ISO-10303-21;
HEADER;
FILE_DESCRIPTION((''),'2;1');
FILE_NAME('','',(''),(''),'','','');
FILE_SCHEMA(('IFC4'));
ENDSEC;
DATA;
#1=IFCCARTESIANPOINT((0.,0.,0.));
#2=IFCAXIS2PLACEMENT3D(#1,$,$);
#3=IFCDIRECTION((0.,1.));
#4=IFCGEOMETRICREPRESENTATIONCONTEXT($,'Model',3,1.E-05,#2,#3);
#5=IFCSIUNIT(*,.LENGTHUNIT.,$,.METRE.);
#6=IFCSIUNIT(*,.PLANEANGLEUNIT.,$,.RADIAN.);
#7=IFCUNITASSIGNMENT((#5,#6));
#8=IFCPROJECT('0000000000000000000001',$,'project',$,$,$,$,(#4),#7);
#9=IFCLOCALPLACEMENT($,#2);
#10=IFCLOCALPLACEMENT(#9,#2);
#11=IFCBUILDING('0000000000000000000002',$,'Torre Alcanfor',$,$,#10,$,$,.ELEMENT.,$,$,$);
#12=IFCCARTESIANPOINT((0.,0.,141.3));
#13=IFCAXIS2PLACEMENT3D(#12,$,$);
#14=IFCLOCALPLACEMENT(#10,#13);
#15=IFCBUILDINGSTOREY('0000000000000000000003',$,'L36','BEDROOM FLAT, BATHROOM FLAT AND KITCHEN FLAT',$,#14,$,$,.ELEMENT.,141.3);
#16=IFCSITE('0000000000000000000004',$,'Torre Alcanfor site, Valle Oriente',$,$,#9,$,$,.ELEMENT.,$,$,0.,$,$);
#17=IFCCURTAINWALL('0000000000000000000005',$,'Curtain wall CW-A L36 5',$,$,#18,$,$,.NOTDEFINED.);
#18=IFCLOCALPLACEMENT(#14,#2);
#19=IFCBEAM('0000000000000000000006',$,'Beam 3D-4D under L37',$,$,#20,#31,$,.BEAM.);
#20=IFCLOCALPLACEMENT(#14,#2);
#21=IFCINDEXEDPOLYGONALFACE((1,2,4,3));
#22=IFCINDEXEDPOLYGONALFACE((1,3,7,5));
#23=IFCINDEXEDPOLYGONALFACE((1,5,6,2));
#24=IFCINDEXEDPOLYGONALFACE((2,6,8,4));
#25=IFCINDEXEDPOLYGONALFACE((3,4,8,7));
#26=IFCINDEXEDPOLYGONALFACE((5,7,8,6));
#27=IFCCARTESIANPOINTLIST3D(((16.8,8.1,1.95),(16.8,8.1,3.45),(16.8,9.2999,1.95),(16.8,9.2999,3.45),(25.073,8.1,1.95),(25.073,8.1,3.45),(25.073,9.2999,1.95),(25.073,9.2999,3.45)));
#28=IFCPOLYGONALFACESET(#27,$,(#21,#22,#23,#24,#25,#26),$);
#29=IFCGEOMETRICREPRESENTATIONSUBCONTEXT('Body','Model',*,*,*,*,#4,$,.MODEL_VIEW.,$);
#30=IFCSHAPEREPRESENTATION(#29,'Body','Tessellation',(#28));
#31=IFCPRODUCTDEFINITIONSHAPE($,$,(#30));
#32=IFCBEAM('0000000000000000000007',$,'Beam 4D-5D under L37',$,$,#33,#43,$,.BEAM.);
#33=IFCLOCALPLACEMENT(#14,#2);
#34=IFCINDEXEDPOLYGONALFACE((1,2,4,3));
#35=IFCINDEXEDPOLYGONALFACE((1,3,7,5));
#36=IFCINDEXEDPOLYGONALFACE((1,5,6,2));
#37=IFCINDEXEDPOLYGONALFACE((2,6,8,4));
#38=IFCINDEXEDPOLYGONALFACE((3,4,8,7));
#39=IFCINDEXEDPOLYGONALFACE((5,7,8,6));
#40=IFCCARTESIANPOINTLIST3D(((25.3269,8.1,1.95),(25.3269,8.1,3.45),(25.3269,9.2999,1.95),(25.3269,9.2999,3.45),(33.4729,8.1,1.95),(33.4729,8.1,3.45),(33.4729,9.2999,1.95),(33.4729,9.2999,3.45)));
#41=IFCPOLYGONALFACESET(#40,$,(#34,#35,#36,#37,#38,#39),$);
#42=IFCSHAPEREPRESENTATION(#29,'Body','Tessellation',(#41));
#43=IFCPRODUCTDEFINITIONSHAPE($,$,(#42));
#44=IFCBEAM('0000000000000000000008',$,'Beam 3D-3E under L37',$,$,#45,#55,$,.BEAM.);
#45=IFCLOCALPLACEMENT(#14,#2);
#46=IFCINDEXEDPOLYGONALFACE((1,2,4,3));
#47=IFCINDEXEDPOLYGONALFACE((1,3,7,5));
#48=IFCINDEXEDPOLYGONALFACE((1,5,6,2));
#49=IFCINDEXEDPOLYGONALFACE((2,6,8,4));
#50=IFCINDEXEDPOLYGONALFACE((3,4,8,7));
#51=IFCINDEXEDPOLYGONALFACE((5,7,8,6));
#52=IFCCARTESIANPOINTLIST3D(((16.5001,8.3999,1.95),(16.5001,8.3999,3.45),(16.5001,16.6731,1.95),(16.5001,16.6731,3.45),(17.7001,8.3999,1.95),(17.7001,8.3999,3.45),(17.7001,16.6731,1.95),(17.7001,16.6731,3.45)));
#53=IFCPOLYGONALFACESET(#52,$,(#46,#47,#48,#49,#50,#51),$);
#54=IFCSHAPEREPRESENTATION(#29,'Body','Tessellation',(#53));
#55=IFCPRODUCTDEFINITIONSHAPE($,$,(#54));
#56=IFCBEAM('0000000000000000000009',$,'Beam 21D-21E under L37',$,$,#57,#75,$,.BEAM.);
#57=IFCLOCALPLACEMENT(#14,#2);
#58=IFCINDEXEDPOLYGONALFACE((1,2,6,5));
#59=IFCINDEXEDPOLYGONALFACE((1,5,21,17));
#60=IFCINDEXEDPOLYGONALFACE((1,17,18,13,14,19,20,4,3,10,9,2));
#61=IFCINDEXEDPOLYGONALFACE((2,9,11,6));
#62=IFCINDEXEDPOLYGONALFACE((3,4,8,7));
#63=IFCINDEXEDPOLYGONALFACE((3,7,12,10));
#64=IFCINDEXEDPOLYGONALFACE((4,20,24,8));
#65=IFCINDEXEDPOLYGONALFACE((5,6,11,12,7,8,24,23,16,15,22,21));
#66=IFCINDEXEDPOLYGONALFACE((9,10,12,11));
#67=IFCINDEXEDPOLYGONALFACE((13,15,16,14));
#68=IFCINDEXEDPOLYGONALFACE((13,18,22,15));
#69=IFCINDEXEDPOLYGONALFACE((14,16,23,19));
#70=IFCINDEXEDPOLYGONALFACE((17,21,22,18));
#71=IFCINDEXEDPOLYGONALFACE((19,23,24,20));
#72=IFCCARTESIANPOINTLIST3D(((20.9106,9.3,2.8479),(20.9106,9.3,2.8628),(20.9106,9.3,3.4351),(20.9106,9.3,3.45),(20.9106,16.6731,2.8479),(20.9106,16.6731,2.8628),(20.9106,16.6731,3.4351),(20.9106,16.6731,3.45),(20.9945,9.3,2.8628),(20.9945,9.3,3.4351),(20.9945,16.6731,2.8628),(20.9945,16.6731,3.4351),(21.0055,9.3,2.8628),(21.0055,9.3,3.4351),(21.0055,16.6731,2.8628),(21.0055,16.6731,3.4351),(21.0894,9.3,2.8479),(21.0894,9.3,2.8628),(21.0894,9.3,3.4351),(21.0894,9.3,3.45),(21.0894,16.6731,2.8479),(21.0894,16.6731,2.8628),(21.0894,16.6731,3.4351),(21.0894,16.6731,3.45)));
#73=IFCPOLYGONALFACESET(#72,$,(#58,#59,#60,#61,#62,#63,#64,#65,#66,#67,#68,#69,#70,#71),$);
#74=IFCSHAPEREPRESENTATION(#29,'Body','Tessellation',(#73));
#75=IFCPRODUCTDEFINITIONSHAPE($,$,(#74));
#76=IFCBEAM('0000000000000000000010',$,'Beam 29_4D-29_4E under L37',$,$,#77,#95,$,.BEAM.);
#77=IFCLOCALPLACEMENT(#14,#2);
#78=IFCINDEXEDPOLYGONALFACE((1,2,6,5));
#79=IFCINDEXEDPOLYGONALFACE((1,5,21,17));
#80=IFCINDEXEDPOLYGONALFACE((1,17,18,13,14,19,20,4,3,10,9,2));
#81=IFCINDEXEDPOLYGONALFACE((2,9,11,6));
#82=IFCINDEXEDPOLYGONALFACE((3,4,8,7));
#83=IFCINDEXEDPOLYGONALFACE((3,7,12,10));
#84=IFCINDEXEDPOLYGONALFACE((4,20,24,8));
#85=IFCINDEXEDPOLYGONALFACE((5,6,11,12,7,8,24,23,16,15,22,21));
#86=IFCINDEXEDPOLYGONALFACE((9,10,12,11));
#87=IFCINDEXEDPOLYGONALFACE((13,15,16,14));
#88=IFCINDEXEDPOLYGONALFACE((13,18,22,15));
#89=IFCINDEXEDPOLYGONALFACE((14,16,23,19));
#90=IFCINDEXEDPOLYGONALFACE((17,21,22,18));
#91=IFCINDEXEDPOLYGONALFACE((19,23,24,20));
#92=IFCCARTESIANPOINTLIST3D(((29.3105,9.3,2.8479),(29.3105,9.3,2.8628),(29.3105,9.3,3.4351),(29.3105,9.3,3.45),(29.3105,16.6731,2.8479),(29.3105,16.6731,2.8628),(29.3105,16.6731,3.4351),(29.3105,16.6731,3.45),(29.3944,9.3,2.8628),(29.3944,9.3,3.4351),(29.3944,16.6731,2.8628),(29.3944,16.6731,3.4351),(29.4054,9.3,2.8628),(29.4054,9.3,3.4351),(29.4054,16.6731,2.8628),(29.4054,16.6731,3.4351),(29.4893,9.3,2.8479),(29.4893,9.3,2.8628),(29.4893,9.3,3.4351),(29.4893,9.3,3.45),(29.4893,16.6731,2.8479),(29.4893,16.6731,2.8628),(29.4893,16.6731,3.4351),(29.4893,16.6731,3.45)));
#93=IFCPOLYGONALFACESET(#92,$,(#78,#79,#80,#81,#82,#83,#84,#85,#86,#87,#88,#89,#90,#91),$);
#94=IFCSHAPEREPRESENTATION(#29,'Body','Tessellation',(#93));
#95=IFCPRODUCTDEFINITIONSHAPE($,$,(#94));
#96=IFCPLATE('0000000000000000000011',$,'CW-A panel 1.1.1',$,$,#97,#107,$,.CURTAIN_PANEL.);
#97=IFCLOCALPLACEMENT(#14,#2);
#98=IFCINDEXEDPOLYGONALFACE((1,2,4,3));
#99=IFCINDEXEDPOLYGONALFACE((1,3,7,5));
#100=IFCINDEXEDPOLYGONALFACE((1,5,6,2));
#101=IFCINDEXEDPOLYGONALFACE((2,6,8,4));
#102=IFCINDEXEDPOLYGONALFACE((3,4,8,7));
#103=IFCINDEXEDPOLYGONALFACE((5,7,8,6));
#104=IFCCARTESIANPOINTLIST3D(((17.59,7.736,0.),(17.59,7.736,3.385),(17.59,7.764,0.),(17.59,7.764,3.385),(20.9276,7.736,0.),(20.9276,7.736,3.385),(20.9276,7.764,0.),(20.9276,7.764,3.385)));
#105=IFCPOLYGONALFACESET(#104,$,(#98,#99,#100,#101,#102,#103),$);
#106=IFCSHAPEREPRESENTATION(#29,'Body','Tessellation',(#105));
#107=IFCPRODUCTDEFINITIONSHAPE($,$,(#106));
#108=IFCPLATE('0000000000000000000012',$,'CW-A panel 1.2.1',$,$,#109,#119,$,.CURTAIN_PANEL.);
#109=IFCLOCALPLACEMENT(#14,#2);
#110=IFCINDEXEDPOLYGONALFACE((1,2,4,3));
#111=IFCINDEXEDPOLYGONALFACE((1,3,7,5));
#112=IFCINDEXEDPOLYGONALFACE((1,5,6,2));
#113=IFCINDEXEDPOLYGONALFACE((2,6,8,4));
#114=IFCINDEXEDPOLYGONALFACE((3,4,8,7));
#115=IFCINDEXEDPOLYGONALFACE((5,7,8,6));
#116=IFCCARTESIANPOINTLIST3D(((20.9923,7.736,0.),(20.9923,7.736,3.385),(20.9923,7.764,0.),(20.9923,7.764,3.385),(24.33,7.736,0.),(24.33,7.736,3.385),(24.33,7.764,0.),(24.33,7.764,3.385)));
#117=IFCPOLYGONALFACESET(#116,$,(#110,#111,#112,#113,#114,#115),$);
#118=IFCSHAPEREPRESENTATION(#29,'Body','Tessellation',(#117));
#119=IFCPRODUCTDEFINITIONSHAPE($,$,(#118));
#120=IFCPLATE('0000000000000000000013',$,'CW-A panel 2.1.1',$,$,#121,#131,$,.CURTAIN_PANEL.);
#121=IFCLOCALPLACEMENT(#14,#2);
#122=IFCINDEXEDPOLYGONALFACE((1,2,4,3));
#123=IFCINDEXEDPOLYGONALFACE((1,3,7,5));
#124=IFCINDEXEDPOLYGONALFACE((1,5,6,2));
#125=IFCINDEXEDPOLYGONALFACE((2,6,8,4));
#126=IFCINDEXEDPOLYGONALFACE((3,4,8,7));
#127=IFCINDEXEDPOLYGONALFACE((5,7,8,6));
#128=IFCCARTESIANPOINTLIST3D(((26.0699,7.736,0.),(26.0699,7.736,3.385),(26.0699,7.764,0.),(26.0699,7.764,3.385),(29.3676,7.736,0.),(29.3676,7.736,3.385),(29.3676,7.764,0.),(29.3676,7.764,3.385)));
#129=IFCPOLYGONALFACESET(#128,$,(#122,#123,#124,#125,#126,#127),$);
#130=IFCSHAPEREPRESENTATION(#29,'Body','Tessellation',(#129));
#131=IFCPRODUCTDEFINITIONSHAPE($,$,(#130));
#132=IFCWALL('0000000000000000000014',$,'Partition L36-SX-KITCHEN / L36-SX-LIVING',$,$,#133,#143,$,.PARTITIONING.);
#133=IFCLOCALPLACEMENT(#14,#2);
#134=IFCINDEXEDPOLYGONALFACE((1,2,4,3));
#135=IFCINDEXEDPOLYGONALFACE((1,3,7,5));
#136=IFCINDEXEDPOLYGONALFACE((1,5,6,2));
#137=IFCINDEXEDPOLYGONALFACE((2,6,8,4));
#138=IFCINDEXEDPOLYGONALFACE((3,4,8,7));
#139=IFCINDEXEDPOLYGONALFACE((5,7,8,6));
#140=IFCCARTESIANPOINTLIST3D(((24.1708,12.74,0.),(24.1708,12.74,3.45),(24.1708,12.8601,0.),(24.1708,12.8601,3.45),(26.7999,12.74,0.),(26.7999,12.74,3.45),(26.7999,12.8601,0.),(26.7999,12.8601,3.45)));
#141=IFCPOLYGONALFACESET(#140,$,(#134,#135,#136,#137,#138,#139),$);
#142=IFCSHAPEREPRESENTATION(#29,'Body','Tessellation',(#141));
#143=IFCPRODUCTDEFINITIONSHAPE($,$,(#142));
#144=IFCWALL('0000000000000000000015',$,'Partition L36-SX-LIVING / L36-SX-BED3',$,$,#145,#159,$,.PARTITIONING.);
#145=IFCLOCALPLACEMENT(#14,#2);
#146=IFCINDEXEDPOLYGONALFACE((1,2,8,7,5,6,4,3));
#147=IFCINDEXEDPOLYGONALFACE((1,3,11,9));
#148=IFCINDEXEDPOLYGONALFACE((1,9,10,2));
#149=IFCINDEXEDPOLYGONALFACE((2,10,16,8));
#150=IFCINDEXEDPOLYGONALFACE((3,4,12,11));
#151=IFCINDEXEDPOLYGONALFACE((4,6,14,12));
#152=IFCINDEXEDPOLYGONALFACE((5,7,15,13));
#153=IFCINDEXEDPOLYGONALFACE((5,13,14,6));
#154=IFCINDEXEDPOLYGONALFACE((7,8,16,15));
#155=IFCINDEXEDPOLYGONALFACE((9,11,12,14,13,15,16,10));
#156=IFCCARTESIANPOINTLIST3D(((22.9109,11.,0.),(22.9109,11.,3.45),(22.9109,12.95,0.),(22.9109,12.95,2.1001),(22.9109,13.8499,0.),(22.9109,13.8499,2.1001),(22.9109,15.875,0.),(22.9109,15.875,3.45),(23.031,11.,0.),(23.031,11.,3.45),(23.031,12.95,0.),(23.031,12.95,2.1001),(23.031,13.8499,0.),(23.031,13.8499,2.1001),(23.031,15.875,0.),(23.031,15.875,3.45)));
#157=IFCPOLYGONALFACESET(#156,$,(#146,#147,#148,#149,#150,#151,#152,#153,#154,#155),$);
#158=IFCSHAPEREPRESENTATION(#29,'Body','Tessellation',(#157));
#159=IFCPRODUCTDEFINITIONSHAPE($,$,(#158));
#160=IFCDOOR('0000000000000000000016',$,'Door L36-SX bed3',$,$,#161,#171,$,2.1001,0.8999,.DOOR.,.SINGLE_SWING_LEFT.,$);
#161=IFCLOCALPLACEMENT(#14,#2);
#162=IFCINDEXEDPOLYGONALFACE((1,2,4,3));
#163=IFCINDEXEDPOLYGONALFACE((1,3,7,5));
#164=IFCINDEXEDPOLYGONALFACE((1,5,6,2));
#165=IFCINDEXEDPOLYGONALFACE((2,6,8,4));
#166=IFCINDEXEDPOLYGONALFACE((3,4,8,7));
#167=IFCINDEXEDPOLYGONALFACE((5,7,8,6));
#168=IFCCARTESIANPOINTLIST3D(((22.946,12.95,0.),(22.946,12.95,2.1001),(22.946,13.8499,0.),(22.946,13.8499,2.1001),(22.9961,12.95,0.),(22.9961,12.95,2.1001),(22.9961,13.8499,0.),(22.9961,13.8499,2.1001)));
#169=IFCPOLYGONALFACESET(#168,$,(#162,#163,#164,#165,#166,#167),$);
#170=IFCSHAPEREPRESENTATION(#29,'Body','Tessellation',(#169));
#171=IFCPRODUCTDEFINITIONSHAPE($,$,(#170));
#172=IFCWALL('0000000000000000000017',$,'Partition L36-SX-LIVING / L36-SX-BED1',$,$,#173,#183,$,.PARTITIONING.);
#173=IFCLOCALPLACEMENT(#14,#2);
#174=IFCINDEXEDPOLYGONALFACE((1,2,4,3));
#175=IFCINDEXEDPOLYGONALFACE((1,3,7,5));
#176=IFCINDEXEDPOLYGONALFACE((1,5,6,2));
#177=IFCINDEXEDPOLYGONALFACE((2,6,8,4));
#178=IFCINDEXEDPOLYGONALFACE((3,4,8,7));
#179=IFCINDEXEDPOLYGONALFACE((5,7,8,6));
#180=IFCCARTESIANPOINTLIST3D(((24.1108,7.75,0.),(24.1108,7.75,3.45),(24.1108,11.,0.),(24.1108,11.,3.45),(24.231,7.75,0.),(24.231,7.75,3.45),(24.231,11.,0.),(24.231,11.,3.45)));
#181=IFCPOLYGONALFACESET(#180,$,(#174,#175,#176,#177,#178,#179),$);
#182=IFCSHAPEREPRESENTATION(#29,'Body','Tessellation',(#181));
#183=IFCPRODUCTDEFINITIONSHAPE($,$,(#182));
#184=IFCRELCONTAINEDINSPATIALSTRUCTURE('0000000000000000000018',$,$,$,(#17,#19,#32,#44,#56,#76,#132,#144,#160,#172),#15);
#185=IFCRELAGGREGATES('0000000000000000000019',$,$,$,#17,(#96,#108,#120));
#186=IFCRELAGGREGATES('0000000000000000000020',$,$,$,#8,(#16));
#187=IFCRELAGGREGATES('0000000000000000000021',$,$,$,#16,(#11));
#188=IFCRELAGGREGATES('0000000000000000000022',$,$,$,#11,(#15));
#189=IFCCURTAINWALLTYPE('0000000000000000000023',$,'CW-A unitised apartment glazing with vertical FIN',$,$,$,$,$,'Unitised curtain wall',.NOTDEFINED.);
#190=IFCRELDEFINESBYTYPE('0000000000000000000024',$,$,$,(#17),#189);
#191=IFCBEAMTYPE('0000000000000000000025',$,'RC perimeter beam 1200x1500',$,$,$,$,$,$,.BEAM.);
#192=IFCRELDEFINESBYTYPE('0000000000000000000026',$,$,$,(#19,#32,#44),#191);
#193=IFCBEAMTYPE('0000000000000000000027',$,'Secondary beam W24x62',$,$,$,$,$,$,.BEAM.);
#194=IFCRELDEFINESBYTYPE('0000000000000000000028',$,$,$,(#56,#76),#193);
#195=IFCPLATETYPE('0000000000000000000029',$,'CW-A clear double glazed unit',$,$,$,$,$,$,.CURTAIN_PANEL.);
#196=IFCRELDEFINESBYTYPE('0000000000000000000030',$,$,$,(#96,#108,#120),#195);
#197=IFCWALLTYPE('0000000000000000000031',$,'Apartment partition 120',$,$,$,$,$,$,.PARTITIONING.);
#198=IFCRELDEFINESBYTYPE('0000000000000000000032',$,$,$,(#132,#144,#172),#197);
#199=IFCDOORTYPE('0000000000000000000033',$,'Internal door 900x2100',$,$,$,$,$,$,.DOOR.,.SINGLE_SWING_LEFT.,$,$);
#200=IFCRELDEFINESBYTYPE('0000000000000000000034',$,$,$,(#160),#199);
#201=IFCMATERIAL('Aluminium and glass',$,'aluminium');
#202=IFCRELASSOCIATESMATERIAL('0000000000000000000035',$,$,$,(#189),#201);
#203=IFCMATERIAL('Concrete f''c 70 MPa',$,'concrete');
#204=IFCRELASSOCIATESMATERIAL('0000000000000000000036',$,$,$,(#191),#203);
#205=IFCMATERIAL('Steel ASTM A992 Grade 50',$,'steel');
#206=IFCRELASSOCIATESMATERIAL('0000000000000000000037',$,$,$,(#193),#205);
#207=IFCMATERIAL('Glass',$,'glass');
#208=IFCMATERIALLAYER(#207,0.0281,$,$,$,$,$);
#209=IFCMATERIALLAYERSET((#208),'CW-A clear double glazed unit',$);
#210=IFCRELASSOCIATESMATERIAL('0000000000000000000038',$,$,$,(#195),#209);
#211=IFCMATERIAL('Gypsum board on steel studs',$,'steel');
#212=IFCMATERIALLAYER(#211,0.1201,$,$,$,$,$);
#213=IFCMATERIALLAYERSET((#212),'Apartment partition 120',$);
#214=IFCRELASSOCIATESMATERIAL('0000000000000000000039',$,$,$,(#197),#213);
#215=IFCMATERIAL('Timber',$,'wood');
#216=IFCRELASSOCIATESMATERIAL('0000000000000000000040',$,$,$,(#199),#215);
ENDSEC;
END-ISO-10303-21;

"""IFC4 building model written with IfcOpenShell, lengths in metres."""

from ifc_helpers import new_model, si_unit, direction, frame, frame_2d, origin, origin_2d, place, context, subcontext, project, spatial, rectangle, i_section, extrude, material, layer, layer_set, material_profile, profile_set, type_object, element, fill, aggregate, save


model = new_model("IFC4")

# Units and contexts
model_context = context("Model", 3, precision=1e-05, world=origin(), true_north=direction((0.0, 1.0)))
body_context = subcontext(model_context, "Body", "Model", "MODEL_VIEW")
ifc_project = project(units=[si_unit("LENGTHUNIT", "METRE"), si_unit("PLANEANGLEUNIT", "RADIAN")], contexts=[model_context])

# Site, building, storey
site_placement = place(None, origin())
site = spatial("IfcSite", under=ifc_project, at=site_placement, Name="Torre Alcanfor site, Valle Oriente", CompositionType="ELEMENT", RefElevation=0.0)
building_placement = place(site_placement, origin())
building = spatial("IfcBuilding", under=site, at=building_placement, Name="Torre Alcanfor", CompositionType="ELEMENT")
storey_placement = place(building_placement, frame((0.0, 0.0, 141.3)))
storey = spatial("IfcBuildingStorey", under=building, at=storey_placement, Name="L36", Description="BEDROOM FLAT, BATHROOM FLAT AND KITCHEN FLAT", CompositionType="ELEMENT", Elevation=141.3)

# Curtain wall
ifc_material_1 = material(Name="Aluminium and glass", Category="aluminium")
curtain_wall_type = type_object("IfcCurtainWallType", Name="CW-A unitised apartment glazing with vertical FIN", ElementType="Unitised curtain wall", PredefinedType="NOTDEFINED", material=ifc_material_1)
curtain_wall_placement = place(storey_placement, origin())
curtain_wall = element("IfcCurtainWall", 1, at=curtain_wall_placement, inside=storey, type_object=curtain_wall_type, Name="Curtain wall CW-A L36 5", PredefinedType="NOTDEFINED")

# Beams
ifc_material_2 = material(Name="Concrete f'c 70 MPa", Category="concrete")
ifc_material_profile_1 = material_profile(ifc_material_2, rectangle(XDim=1.2, YDim=1.5, at=origin_2d()), Name="1200x1500")
ifc_profile_set_1 = profile_set([ifc_material_profile_1], Name="Concrete f'c 70 MPa")
beam_type_1 = type_object("IfcBeamType", Name="RC perimeter beam 1200x1500", PredefinedType="BEAM", material=ifc_profile_set_1)
beam_1_placement = place(storey_placement, frame((16.8, 8.7, 2.7), z_axis=(1.0, 0.0, 0.0), x_axis=(0.0, 1.0, 0.0)))
element("IfcBeam", 2, at=beam_1_placement, inside=storey, type_object=beam_type_1, Name="Beam 3D-4D under L37", PredefinedType="BEAM", context=body_context, shape_type="SweptSolid", body=[
    extrude(rectangle(XDim=1.2, YDim=1.5, at=origin_2d()), origin(), (0.0, 0.0, 1.0), 8.2729),
])
beam_2_placement = place(storey_placement, frame((25.3269, 8.7, 2.7), z_axis=(1.0, 0.0, 0.0), x_axis=(0.0, 1.0, 0.0)))
element("IfcBeam", 3, at=beam_2_placement, inside=storey, type_object=beam_type_1, Name="Beam 4D-5D under L37", PredefinedType="BEAM", context=body_context, shape_type="SweptSolid", body=[
    extrude(rectangle(XDim=1.2, YDim=1.5, at=origin_2d()), origin(), (0.0, 0.0, 1.0), 8.146),
])
beam_3_placement = place(storey_placement, frame((17.1001, 8.3999, 2.7), z_axis=(0.0, 1.0, 0.0), x_axis=(-1.0, 0.0, 0.0)))
element("IfcBeam", 4, at=beam_3_placement, inside=storey, type_object=beam_type_1, Name="Beam 3D-3E under L37", PredefinedType="BEAM", context=body_context, shape_type="SweptSolid", body=[
    extrude(rectangle(XDim=1.2, YDim=1.5, at=origin_2d()), origin(), (0.0, 0.0, 1.0), 8.2732),
])
ifc_material_3 = material(Name="Steel ASTM A992 Grade 50", Category="steel")
ifc_material_profile_2 = material_profile(ifc_material_3, i_section(OverallWidth=0.1787, OverallDepth=0.6021, WebThickness=0.011, FlangeThickness=0.0149, at=origin_2d()), Name="W24x62")
ifc_profile_set_2 = profile_set([ifc_material_profile_2], Name="Steel ASTM A992 Grade 50")
beam_type_2 = type_object("IfcBeamType", Name="Secondary beam W24x62", PredefinedType="BEAM", material=ifc_profile_set_2)
for number, where, z_axis, x_axis, name in (
    (5, (21.0, 9.3, 3.1489), (0.0, 1.0, 0.0), (-1.0, 0.0, 0.0), "Beam 21D-21E under L37"),
    (6, (29.3999, 9.3, 3.1489), (0.0, 1.0, 0.0), (-1.0, 0.0, 0.0), "Beam 29_4D-29_4E under L37"),
):
    element("IfcBeam", number, at=place(storey_placement, frame(where, z_axis=z_axis, x_axis=x_axis)), inside=storey, type_object=beam_type_2, Name=name, PredefinedType="BEAM", context=body_context, shape_type="SweptSolid", body=[
        extrude(i_section(OverallWidth=0.1787, OverallDepth=0.6021, WebThickness=0.011, FlangeThickness=0.0149, at=origin_2d()), origin(), (0.0, 0.0, 1.0), 7.373),
    ])

# Plates
ifc_material_4 = material(Name="Glass", Category="glass")
ifc_layer_1 = layer(ifc_material_4, 0.0281)
ifc_layer_set_1 = layer_set([ifc_layer_1], Name="CW-A clear double glazed unit")
plate_type = type_object("IfcPlateType", Name="CW-A clear double glazed unit", PredefinedType="CURTAIN_PANEL", material=ifc_layer_set_1)
plate_1_placement = place(storey_placement, frame((19.2588, 7.75, 0.0), z_axis=(0.0, 0.0, 1.0), x_axis=(1.0, 0.0, 0.0)))
plate_1 = element("IfcPlate", 7, at=plate_1_placement, type_object=plate_type, Name="CW-A panel 1.1.1", PredefinedType="CURTAIN_PANEL", context=body_context, shape_type="SweptSolid", body=[
    extrude(rectangle(XDim=3.3376, YDim=0.0281, at=origin_2d()), origin(), (0.0, 0.0, 1.0), 3.385),
])
plate_2_placement = place(storey_placement, frame((22.6611, 7.75, 0.0), z_axis=(0.0, 0.0, 1.0), x_axis=(1.0, 0.0, 0.0)))
plate_2 = element("IfcPlate", 8, at=plate_2_placement, type_object=plate_type, Name="CW-A panel 1.2.1", PredefinedType="CURTAIN_PANEL", context=body_context, shape_type="SweptSolid", body=[
    extrude(rectangle(XDim=3.3376, YDim=0.0281, at=origin_2d()), origin(), (0.0, 0.0, 1.0), 3.385),
])
plate_3_placement = place(storey_placement, frame((27.7188, 7.75, 0.0), z_axis=(0.0, 0.0, 1.0), x_axis=(1.0, 0.0, 0.0)))
plate_3 = element("IfcPlate", 9, at=plate_3_placement, type_object=plate_type, Name="CW-A panel 2.1.1", PredefinedType="CURTAIN_PANEL", context=body_context, shape_type="SweptSolid", body=[
    extrude(rectangle(XDim=3.2976, YDim=0.0281, at=origin_2d()), origin(), (0.0, 0.0, 1.0), 3.385),
])
aggregate(curtain_wall, [plate_1, plate_2, plate_3])

# Wall
ifc_material_5 = material(Name="Gypsum board on steel studs", Category="steel")
ifc_layer_2 = layer(ifc_material_5, 0.1201)
ifc_layer_set_2 = layer_set([ifc_layer_2], Name="Apartment partition 120")
wall_type_1 = type_object("IfcWallType", Name="Apartment partition 120", PredefinedType="PARTITIONING", material=ifc_layer_set_2)
wall_1_placement = place(storey_placement, frame((24.1709, 12.8, 0.0), z_axis=(0.0, 0.0, 1.0), x_axis=(1.0, 0.0, 0.0)))
element("IfcWall", 10, at=wall_1_placement, inside=storey, type_object=wall_type_1, Name="Partition L36-SX-KITCHEN / L36-SX-LIVING", PredefinedType="PARTITIONING", context=body_context, shape_type="SweptSolid", body=[
    extrude(rectangle(XDim=2.6292, YDim=0.1201, at=frame_2d((1.3145, 0.0))), origin(), (0.0, 0.0, 1.0), 3.45),
])

# Wall, opening, door
wall_2_placement = place(storey_placement, frame((22.9709, 11.0, 0.0), z_axis=(0.0, 0.0, 1.0), x_axis=(0.0, 1.0, 0.0)))
wall_2 = element("IfcWall", 11, at=wall_2_placement, inside=storey, type_object=wall_type_1, Name="Partition L36-SX-LIVING / L36-SX-BED3", PredefinedType="PARTITIONING", context=body_context, shape_type="SweptSolid", body=[
    extrude(rectangle(XDim=4.875, YDim=0.1201, at=frame_2d((2.4375, 0.0))), origin(), (0.0, 0.0, 1.0), 3.45),
])
opening_1_placement = place(wall_2_placement, frame((1.95, 0.0, 0.0)))
opening_1 = element("IfcOpeningElement", 12, at=opening_1_placement, cuts=wall_2, PredefinedType="OPENING", context=body_context, shape_type="SweptSolid", body=[
    extrude(rectangle(XDim=0.8999, YDim=2.1001, at=frame_2d((0.45, 1.05))), frame((0.0, 0.0701, 0.0), z_axis=(0.0, -1.0, 0.0), x_axis=(1.0, 0.0, 0.0)), (0.0, 0.0, 1.0), 0.1401),
])
ifc_material_6 = material(Name="Timber", Category="wood")
door_type_1 = type_object("IfcDoorType", Name="Internal door 900x2100", OperationType="SINGLE_SWING_LEFT", PredefinedType="DOOR", material=ifc_material_6)
door_1_placement = place(opening_1_placement, origin())
door_1 = element("IfcDoor", 13, at=door_1_placement, inside=storey, type_object=door_type_1, Name="Door L36-SX bed3", OperationType="SINGLE_SWING_LEFT", OverallHeight=2.1001, OverallWidth=0.8999, PredefinedType="DOOR", context=body_context, shape_type="SweptSolid", body=[
    extrude(rectangle(XDim=0.8999, YDim=2.1001, at=frame_2d((0.45, 1.05))), frame((0.0, 0.0249, 0.0), z_axis=(0.0, -1.0, 0.0), x_axis=(1.0, 0.0, 0.0)), (0.0, 0.0, 1.0), 0.05),
])
fill(opening_1, door_1)

# Wall
wall_3_placement = place(storey_placement, frame((24.1709, 7.75, 0.0), z_axis=(0.0, 0.0, 1.0), x_axis=(0.0, 1.0, 0.0)))
element("IfcWall", 14, at=wall_3_placement, inside=storey, type_object=wall_type_1, Name="Partition L36-SX-LIVING / L36-SX-BED1", PredefinedType="PARTITIONING", context=body_context, shape_type="SweptSolid", body=[
    extrude(rectangle(XDim=3.25, YDim=0.1201, at=frame_2d((1.625, 0.0))), origin(), (0.0, 0.0, 1.0), 3.45),
])

save(model, "model.ifc")
